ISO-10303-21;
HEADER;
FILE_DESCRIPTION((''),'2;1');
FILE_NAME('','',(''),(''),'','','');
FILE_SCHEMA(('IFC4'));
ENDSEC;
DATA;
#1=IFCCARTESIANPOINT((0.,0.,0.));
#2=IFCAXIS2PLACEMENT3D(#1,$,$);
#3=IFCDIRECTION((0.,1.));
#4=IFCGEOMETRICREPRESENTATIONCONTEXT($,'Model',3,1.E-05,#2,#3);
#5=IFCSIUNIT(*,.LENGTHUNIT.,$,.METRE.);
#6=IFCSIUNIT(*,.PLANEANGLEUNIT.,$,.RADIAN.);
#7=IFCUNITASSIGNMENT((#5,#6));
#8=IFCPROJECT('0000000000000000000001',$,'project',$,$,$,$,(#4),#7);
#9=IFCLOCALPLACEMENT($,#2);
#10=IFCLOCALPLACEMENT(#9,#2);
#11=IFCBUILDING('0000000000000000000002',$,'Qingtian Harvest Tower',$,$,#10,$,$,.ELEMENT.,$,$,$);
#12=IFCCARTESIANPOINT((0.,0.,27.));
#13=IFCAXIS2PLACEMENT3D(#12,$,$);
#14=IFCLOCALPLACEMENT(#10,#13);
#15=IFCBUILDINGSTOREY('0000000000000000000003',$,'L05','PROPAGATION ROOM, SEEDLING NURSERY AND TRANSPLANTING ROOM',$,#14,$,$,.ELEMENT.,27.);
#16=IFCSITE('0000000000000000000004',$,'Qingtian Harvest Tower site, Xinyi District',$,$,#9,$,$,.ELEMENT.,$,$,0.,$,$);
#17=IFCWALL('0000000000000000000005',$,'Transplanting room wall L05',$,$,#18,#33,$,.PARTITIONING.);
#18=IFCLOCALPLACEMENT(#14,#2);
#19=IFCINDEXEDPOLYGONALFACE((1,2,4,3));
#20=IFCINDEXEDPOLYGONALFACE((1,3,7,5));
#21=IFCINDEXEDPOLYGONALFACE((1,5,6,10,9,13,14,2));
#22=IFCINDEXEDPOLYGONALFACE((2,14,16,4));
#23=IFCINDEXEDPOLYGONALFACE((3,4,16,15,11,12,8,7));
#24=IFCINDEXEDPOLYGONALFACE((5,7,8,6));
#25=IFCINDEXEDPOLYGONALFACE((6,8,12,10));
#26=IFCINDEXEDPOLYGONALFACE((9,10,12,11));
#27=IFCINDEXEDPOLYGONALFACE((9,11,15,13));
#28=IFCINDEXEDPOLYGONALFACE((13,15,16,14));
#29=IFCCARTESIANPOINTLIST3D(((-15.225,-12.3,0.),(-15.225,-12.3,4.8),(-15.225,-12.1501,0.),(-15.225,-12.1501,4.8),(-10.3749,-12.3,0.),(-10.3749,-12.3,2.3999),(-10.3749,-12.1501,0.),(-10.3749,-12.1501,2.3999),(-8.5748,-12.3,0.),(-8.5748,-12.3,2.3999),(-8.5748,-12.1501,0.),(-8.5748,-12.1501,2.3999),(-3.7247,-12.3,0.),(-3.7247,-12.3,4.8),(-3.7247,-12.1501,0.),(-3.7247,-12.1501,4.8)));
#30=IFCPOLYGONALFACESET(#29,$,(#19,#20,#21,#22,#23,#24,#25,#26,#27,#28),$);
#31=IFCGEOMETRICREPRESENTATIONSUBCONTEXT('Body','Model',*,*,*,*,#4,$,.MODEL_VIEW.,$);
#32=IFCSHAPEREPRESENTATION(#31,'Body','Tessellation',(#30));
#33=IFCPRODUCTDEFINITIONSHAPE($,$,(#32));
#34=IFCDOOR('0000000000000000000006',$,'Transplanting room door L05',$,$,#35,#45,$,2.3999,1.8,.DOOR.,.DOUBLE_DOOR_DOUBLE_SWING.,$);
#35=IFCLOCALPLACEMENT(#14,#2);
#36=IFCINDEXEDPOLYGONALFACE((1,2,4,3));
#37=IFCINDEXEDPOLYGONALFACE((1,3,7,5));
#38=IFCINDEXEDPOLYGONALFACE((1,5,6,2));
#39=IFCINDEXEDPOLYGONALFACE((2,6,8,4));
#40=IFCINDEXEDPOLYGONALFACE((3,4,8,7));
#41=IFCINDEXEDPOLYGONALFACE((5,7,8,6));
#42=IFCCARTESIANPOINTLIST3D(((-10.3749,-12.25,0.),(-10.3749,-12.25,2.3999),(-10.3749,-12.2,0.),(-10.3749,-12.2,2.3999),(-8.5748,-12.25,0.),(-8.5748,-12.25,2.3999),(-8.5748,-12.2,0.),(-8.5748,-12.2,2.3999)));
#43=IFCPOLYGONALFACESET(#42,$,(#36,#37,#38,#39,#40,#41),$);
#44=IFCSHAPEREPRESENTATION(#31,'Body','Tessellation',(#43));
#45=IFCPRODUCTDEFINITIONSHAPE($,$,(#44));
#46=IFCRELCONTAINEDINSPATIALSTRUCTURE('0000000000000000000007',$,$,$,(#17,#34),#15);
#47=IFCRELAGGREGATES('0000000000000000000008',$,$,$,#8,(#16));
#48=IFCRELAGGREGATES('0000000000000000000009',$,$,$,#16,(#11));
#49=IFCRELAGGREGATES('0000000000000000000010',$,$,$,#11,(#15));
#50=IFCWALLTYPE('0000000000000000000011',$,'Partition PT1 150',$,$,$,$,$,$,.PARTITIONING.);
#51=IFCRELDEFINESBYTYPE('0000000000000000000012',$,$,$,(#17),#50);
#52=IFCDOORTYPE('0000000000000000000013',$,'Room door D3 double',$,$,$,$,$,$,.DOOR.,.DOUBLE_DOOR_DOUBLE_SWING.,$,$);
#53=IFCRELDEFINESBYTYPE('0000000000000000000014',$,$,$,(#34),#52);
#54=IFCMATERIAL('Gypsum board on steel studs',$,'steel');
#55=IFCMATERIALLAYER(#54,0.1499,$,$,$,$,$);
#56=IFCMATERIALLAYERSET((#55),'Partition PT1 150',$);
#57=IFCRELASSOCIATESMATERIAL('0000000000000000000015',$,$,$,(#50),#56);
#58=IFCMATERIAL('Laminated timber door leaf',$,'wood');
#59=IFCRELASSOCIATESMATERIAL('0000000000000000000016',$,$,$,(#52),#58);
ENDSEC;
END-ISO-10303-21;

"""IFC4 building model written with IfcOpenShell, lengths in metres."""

from ifc_helpers import new_model, si_unit, direction, frame, frame_2d, origin, place, context, subcontext, project, spatial, rectangle, extrude, material, layer, layer_set, type_object, element, fill, save


model = new_model("IFC4")

# Units and contexts
model_context = context("Model", 3, precision=1e-05, world=origin(), true_north=direction((0.0, 1.0)))
body_context = subcontext(model_context, "Body", "Model", "MODEL_VIEW")
ifc_project = project(units=[si_unit("LENGTHUNIT", "METRE"), si_unit("PLANEANGLEUNIT", "RADIAN")], contexts=[model_context])

# Site, building, storey
site_placement = place(None, origin())
site = spatial("IfcSite", under=ifc_project, at=site_placement, Name="Qingtian Harvest Tower site, Xinyi District", CompositionType="ELEMENT", RefElevation=0.0)
building_placement = place(site_placement, origin())
building = spatial("IfcBuilding", under=site, at=building_placement, Name="Qingtian Harvest Tower", CompositionType="ELEMENT")
storey_placement = place(building_placement, frame((0.0, 0.0, 27.0)))
storey = spatial("IfcBuildingStorey", under=building, at=storey_placement, Name="L05", Description="PROPAGATION ROOM, SEEDLING NURSERY AND TRANSPLANTING ROOM", CompositionType="ELEMENT", Elevation=27.0)

# Shared definitions
ifc_material_1 = material(Name="Gypsum board on steel studs", Category="steel")
ifc_layer_1 = layer(ifc_material_1, 0.1499)
ifc_layer_set_1 = layer_set([ifc_layer_1], Name="Partition PT1 150")
wall_type_1 = type_object("IfcWallType", Name="Partition PT1 150", PredefinedType="PARTITIONING", material=ifc_layer_set_1)

# Wall, opening, door
wall_1_placement = place(storey_placement, frame((-3.7249, -12.2251, 0.0), z_axis=(0.0, 0.0, 1.0), x_axis=(-1.0, 0.0, 0.0)))
wall_1 = element("IfcWall", 1, at=wall_1_placement, inside=storey, type_object=wall_type_1, Name="Transplanting room wall L05", PredefinedType="PARTITIONING", context=body_context, shape_type="SweptSolid", body=[
    extrude(rectangle(XDim=11.5002, YDim=0.1499, at=frame_2d((5.75, 0.0))), origin(), (0.0, 0.0, 1.0), 4.8),
])
opening_1_placement = place(wall_1_placement, frame((4.8501, 0.0, 0.0)))
opening_1 = element("IfcOpeningElement", 2, at=opening_1_placement, cuts=wall_1, PredefinedType="OPENING", context=body_context, shape_type="SweptSolid", body=[
    extrude(rectangle(XDim=1.8, YDim=2.3999, at=frame_2d((0.8999, 1.2))), frame((0.0, 0.085, 0.0), z_axis=(0.0, -1.0, 0.0), x_axis=(1.0, 0.0, 0.0)), (0.0, 0.0, 1.0), 0.1699),
])
ifc_material_2 = material(Name="Laminated timber door leaf", Category="wood")
door_type_1 = type_object("IfcDoorType", Name="Room door D3 double", OperationType="DOUBLE_DOOR_DOUBLE_SWING", PredefinedType="DOOR", material=ifc_material_2)
door_1_placement = place(opening_1_placement, origin())
door_1 = element("IfcDoor", 3, at=door_1_placement, inside=storey, type_object=door_type_1, Name="Transplanting room door L05", OperationType="DOUBLE_DOOR_DOUBLE_SWING", OverallHeight=2.3999, OverallWidth=1.8, PredefinedType="DOOR", context=body_context, shape_type="SweptSolid", body=[
    extrude(rectangle(XDim=1.8, YDim=2.3999, at=frame_2d((0.8999, 1.2))), frame((0.0, 0.0249, 0.0), z_axis=(0.0, -1.0, 0.0), x_axis=(1.0, 0.0, 0.0)), (0.0, 0.0, 1.0), 0.05),
])
fill(opening_1, door_1)

save(model, "model.ifc")
